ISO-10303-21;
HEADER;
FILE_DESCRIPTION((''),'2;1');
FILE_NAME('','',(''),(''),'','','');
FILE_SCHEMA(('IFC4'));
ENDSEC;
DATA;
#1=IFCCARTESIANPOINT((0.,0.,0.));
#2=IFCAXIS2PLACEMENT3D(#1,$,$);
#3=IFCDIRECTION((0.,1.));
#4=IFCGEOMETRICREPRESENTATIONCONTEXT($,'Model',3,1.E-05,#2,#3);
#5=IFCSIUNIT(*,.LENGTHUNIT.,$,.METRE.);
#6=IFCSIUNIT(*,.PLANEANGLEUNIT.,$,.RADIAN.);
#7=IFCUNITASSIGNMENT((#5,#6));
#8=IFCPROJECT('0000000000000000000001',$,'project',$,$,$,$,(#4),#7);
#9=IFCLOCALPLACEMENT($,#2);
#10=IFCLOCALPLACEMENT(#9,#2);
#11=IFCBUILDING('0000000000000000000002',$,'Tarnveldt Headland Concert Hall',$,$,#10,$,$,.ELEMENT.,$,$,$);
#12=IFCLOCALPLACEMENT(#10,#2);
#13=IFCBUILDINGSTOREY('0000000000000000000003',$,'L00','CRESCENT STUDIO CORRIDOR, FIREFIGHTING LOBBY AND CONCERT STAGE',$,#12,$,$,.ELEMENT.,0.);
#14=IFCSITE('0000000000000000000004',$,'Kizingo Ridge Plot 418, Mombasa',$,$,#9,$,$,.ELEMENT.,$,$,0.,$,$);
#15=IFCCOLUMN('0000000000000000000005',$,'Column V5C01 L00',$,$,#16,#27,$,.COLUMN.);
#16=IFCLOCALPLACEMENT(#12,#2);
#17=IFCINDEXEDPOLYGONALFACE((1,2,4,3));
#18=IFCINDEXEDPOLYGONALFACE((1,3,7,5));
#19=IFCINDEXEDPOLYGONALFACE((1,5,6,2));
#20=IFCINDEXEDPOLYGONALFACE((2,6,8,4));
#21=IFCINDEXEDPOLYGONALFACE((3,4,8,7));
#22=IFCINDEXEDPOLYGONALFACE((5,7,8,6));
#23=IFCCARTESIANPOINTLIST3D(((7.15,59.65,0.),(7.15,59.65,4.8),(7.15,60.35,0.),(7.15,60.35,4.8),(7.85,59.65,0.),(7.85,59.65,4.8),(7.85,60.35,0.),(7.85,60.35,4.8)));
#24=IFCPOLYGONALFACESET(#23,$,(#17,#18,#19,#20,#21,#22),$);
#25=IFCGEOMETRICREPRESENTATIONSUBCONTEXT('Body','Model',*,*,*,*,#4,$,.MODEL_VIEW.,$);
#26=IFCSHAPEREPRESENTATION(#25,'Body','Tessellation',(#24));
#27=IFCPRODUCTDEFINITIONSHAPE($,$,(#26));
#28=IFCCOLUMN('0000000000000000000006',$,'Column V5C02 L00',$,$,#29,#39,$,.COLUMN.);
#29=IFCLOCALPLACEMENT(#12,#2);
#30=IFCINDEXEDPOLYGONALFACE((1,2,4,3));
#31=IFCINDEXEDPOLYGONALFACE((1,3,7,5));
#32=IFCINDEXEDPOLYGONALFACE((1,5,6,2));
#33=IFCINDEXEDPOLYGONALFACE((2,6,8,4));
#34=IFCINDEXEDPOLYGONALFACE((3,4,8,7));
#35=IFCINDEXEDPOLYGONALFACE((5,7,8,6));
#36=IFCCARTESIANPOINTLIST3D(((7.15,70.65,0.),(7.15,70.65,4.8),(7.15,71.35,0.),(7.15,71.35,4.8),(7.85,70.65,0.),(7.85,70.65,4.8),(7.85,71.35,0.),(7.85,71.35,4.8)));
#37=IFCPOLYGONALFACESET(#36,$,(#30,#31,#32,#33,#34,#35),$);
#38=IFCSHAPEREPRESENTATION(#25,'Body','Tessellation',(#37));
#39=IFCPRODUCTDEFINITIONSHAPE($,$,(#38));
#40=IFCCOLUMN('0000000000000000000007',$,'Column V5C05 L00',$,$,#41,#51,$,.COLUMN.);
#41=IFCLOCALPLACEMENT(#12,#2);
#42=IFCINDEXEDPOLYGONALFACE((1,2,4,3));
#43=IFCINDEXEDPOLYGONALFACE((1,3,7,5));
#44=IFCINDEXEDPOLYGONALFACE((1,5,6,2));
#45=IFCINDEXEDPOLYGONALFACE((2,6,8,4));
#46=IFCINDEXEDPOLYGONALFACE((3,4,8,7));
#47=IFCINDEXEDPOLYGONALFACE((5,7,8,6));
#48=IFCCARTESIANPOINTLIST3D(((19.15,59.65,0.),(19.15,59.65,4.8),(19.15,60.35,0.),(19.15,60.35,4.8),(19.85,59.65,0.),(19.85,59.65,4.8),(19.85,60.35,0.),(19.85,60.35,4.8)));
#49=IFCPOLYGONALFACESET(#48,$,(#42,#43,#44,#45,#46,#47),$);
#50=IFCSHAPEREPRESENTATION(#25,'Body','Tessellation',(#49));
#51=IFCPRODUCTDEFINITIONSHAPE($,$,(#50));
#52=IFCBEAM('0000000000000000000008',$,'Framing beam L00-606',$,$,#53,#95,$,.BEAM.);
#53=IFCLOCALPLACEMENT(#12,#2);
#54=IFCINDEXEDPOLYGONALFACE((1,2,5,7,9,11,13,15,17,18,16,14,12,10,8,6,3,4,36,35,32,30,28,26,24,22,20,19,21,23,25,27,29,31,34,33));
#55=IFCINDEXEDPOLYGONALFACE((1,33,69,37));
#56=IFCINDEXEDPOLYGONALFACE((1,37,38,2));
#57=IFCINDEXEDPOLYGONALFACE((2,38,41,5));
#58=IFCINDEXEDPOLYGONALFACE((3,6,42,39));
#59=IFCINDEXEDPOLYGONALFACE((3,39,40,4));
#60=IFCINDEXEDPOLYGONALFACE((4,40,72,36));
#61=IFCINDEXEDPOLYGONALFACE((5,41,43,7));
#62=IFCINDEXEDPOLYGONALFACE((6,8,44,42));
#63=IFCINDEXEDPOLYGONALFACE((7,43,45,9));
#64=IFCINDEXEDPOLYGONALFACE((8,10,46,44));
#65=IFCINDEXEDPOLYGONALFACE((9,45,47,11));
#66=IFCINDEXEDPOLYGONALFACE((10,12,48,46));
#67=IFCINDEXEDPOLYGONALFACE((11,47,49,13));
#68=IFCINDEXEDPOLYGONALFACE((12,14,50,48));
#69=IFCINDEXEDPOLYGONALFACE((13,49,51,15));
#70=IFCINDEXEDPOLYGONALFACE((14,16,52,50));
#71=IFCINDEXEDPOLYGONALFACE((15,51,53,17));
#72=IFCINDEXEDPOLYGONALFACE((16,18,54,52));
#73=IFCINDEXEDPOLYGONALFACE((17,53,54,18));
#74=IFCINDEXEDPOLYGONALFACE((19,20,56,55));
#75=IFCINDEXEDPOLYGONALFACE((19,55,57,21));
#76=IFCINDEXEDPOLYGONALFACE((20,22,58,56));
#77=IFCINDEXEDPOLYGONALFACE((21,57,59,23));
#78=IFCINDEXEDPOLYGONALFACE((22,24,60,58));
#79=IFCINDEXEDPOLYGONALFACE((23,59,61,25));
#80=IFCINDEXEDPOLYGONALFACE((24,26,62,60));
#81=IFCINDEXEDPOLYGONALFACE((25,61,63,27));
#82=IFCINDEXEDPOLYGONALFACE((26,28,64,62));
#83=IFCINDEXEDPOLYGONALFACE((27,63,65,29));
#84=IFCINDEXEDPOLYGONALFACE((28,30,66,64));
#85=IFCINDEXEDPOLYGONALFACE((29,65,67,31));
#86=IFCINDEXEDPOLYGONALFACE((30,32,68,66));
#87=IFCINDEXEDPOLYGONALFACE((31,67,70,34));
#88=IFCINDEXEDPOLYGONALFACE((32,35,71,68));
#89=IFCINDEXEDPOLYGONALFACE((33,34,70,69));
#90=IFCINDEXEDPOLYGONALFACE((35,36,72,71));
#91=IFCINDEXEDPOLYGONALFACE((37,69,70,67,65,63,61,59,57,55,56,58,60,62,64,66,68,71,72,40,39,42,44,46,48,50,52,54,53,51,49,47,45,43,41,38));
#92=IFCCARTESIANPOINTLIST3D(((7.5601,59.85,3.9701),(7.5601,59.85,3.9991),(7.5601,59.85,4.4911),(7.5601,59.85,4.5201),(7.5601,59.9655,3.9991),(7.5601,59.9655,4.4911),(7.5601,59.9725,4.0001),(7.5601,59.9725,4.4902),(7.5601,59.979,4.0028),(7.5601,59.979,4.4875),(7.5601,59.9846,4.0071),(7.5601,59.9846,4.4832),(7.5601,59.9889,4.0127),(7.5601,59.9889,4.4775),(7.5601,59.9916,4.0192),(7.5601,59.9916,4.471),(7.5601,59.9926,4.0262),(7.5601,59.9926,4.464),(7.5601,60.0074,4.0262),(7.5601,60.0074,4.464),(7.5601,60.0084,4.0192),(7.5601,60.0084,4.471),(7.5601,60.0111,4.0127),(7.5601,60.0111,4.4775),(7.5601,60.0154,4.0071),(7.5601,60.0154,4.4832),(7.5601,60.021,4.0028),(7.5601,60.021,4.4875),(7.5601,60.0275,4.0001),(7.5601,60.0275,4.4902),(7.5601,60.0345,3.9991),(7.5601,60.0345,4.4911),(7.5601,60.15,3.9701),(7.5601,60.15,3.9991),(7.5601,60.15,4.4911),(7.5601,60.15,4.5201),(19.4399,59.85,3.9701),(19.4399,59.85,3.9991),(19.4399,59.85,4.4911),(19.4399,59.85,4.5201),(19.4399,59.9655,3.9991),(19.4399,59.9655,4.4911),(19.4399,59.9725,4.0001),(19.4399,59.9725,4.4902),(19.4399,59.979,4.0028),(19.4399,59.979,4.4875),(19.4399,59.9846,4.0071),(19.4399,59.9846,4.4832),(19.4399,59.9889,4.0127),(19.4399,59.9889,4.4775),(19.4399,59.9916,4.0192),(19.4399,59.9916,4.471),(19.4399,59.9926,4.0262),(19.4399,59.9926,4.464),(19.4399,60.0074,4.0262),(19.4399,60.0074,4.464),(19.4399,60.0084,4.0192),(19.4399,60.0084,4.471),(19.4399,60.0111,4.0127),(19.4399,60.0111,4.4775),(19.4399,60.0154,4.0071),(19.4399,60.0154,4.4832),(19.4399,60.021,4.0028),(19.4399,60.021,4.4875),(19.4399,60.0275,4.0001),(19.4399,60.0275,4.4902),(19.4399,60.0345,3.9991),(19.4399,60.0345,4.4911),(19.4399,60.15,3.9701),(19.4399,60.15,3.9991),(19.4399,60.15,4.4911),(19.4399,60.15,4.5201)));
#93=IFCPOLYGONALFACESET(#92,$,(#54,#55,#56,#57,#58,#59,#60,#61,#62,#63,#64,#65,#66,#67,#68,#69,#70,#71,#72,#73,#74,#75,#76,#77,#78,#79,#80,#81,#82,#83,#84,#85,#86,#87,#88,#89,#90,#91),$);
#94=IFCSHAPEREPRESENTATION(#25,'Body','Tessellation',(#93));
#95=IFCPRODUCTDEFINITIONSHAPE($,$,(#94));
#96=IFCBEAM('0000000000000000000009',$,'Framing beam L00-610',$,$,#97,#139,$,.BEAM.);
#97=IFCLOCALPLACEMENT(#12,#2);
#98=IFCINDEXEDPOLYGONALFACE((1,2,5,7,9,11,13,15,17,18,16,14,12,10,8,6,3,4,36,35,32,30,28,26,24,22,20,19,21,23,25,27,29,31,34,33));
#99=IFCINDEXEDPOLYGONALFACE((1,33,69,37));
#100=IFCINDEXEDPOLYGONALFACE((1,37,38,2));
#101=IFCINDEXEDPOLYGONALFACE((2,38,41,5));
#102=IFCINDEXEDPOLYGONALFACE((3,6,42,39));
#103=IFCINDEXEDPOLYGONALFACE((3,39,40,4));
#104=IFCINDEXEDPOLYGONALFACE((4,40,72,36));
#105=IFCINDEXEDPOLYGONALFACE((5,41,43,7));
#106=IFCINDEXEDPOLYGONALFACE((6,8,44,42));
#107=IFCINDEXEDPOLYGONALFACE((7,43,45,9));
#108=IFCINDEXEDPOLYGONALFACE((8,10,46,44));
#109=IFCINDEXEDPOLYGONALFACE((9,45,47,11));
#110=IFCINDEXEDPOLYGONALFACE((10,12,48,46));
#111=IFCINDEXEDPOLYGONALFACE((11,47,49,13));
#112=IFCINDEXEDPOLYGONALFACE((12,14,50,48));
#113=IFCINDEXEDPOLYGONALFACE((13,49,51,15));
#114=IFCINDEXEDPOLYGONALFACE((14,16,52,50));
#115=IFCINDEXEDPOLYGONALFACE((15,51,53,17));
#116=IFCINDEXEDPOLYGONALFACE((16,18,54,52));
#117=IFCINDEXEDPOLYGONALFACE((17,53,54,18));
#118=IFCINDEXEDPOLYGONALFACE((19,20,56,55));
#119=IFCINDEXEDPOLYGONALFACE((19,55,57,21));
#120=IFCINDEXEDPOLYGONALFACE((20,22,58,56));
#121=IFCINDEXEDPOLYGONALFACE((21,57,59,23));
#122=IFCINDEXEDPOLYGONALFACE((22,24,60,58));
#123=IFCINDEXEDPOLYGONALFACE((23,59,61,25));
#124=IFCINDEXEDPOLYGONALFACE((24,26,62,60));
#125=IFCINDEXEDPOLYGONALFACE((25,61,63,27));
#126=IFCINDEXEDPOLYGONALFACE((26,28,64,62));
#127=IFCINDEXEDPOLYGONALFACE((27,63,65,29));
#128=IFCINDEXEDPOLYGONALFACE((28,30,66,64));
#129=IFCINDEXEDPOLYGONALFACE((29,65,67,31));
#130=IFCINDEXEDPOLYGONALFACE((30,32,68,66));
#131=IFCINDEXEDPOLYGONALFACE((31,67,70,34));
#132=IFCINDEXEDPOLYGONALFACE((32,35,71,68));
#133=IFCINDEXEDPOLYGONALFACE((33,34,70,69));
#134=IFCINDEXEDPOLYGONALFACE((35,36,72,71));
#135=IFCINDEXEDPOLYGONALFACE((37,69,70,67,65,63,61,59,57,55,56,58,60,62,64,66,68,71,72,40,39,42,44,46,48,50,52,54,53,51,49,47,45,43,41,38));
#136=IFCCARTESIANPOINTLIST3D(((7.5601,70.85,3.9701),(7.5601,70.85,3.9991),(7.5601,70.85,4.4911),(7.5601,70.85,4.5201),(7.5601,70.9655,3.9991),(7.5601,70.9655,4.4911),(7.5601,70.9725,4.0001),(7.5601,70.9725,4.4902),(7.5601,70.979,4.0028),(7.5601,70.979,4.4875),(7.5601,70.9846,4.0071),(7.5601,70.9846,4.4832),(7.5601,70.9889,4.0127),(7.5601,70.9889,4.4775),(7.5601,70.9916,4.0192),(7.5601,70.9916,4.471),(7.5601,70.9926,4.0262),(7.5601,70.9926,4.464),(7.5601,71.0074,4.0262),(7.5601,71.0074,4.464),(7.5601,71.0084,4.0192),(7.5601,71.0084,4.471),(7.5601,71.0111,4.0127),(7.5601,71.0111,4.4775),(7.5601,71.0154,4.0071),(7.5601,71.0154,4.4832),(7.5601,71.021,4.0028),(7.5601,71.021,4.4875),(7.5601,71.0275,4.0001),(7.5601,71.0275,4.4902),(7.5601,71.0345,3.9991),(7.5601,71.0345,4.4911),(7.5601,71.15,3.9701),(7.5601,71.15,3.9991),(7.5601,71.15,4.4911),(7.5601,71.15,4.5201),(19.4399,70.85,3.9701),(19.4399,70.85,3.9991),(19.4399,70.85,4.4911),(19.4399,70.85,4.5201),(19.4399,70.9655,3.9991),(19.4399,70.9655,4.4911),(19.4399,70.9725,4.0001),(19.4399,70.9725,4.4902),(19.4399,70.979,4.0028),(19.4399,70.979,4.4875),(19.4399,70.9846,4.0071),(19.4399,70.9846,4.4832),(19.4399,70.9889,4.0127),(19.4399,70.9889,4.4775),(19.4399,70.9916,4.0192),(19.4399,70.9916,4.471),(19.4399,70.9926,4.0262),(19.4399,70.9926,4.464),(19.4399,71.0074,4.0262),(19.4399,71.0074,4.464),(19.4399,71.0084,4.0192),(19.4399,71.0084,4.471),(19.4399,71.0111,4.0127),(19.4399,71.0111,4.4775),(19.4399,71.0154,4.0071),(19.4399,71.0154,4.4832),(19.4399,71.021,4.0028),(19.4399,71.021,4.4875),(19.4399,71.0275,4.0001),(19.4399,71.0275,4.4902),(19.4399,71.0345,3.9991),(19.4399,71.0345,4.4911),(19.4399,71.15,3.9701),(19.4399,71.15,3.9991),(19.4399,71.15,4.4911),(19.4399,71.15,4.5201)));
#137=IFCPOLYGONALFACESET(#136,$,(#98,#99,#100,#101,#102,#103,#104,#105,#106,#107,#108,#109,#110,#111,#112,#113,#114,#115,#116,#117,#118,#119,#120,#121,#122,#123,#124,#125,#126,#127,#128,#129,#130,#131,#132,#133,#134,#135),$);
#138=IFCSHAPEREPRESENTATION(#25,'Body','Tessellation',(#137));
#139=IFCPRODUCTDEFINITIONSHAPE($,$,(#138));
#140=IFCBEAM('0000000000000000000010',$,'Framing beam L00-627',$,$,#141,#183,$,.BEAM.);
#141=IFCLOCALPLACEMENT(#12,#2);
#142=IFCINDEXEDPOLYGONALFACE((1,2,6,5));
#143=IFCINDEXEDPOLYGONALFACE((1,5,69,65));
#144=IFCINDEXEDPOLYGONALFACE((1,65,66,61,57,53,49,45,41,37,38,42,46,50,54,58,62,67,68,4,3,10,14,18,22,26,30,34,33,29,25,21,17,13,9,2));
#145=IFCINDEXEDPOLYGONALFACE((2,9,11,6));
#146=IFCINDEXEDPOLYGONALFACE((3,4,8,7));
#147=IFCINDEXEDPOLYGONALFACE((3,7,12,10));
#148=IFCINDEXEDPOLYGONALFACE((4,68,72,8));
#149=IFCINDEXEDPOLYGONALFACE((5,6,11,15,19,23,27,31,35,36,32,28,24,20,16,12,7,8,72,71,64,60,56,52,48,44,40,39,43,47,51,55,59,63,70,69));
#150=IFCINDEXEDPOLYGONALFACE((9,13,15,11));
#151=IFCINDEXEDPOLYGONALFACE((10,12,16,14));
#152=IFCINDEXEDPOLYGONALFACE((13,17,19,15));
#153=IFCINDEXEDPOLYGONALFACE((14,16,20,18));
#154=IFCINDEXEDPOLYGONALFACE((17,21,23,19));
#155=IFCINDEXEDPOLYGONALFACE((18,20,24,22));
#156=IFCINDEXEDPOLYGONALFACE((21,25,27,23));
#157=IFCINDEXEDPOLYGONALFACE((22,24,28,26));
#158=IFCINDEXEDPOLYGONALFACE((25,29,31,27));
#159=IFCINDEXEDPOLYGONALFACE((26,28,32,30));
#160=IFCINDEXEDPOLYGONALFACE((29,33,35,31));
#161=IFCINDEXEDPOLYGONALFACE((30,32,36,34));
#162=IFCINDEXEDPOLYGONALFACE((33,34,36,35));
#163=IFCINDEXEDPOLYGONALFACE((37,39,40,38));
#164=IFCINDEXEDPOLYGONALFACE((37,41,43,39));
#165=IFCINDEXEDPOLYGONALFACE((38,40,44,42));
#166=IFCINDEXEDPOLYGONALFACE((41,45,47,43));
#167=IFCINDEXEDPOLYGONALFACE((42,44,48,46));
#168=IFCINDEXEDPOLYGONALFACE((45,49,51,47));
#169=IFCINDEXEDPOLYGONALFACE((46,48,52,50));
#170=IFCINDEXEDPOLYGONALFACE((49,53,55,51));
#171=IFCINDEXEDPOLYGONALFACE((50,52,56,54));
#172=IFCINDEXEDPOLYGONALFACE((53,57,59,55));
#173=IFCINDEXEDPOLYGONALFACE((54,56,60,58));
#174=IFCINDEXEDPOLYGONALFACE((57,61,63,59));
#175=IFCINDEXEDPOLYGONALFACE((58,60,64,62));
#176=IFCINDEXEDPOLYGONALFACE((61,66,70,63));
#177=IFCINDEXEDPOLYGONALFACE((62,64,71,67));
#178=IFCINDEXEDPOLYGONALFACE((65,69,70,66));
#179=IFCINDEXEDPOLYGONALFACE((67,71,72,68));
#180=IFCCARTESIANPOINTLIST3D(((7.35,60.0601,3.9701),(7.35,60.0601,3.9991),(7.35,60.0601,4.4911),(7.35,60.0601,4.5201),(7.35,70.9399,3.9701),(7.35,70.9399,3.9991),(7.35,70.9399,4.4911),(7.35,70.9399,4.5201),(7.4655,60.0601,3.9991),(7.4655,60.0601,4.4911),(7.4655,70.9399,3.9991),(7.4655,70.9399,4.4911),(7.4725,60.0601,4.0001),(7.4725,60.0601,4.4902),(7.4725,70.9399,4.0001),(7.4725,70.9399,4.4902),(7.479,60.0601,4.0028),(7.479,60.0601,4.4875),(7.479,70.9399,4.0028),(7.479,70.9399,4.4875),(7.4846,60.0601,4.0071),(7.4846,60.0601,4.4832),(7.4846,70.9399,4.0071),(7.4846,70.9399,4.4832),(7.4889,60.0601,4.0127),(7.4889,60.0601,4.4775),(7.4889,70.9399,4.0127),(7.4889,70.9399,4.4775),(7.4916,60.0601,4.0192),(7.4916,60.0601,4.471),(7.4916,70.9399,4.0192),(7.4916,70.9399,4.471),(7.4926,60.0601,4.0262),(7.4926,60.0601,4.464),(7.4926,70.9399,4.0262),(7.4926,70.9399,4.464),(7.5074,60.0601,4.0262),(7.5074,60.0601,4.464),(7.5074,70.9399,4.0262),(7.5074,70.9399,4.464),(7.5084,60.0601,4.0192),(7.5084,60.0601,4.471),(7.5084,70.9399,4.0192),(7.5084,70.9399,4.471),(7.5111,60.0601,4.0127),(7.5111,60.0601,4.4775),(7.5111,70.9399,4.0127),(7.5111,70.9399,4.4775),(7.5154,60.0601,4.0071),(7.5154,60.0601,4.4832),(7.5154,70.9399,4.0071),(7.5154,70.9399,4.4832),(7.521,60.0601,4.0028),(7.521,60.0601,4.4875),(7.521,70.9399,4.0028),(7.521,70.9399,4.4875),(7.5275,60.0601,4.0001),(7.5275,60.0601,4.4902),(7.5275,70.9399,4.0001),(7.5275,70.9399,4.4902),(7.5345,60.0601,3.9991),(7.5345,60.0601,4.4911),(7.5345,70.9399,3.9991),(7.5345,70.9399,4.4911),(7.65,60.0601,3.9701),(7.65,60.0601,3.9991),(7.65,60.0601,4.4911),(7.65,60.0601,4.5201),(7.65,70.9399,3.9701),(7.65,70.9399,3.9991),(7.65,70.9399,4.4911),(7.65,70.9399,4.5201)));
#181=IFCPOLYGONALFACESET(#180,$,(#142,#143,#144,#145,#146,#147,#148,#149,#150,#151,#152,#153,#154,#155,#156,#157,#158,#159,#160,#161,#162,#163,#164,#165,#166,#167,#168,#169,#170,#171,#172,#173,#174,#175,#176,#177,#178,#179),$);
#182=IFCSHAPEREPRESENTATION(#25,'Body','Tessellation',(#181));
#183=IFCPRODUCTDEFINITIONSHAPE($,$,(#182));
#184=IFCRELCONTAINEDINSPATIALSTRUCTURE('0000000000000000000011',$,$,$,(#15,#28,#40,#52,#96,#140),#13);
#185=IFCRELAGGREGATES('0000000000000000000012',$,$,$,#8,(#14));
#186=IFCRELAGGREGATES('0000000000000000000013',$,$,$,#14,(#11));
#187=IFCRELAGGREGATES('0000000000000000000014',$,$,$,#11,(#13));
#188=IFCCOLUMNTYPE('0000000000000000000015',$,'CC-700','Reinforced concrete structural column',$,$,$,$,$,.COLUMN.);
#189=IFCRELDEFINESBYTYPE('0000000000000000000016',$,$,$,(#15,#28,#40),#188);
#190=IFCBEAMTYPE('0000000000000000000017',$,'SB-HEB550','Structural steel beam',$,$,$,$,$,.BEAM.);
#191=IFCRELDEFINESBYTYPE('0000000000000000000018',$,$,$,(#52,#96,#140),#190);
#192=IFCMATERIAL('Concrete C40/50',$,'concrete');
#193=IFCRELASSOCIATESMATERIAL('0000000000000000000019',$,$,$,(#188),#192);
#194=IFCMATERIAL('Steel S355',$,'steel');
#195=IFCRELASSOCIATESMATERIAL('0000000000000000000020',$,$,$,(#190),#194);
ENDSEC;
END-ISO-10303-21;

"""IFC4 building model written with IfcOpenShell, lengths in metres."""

from ifc_helpers import new_model, si_unit, direction, frame, origin, origin_2d, place, context, subcontext, project, spatial, rectangle, i_section, extrude, material, material_profile, profile_set, type_object, element, save


model = new_model("IFC4")

# Units and contexts
model_context = context("Model", 3, precision=1e-05, world=origin(), true_north=direction((0.0, 1.0)))
body_context = subcontext(model_context, "Body", "Model", "MODEL_VIEW")
ifc_project = project(units=[si_unit("LENGTHUNIT", "METRE"), si_unit("PLANEANGLEUNIT", "RADIAN")], contexts=[model_context])

# Site, building, storey
site_placement = place(None, origin())
site = spatial("IfcSite", under=ifc_project, at=site_placement, Name="Kizingo Ridge Plot 418, Mombasa", CompositionType="ELEMENT", RefElevation=0.0)
building_placement = place(site_placement, origin())
building = spatial("IfcBuilding", under=site, at=building_placement, Name="Tarnveldt Headland Concert Hall", CompositionType="ELEMENT")
storey_placement = place(building_placement, origin())
storey = spatial("IfcBuildingStorey", under=building, at=storey_placement, Name="L00", Description="CRESCENT STUDIO CORRIDOR, FIREFIGHTING LOBBY AND CONCERT STAGE", CompositionType="ELEMENT", Elevation=0.0)

# Columns
ifc_material_1 = material(Name="Concrete C40/50", Category="concrete")
ifc_material_profile_1 = material_profile(ifc_material_1, rectangle(XDim=0.7, YDim=0.7, at=origin_2d()), Name="RC 700x700", Category="concrete")
ifc_profile_set_1 = profile_set([ifc_material_profile_1], Name="Concrete C40/50")
column_type = type_object("IfcColumnType", Name="CC-700", Description="Reinforced concrete structural column", PredefinedType="COLUMN", material=ifc_profile_set_1)
for number, where, z_axis, x_axis, name in (
    (1, (7.5, 60.0, 0.0), (0.0, 0.0, 1.0), (1.0, 0.0, 0.0), "Column V5C01 L00"),
    (2, (7.5, 71.0, 0.0), (0.0, 0.0, 1.0), (1.0, 0.0, 0.0), "Column V5C02 L00"),
    (3, (19.5, 60.0, 0.0), (0.0, 0.0, 1.0), (1.0, 0.0, 0.0), "Column V5C05 L00"),
):
    element("IfcColumn", number, at=place(storey_placement, frame(where, z_axis=z_axis, x_axis=x_axis)), inside=storey, type_object=column_type, Name=name, PredefinedType="COLUMN", context=body_context, shape_type="SweptSolid", body=[
        extrude(rectangle(XDim=0.7, YDim=0.7, at=origin_2d()), origin(), (0.0, 0.0, 1.0), 4.8),
    ])

# Beams
ifc_material_2 = material(Name="Steel S355", Category="steel")
ifc_material_profile_2 = material_profile(ifc_material_2, i_section(OverallWidth=0.3, OverallDepth=0.55, WebThickness=0.0149, FlangeThickness=0.0291, FilletRadius=0.0271, at=origin_2d()), Name="HEB550", Category="steel")
ifc_profile_set_2 = profile_set([ifc_material_profile_2], Name="Steel S355")
beam_type_1 = type_object("IfcBeamType", Name="SB-HEB550", Description="Structural steel beam", PredefinedType="BEAM", material=ifc_profile_set_2)
for number, where, z_axis, x_axis, name in (
    (4, (7.5601, 60.0, 4.2451), (1.0, 0.0, 0.0), (0.0, 1.0, 0.0), "Framing beam L00-606"),
    (5, (7.5601, 71.0, 4.2451), (1.0, 0.0, 0.0), (0.0, 1.0, 0.0), "Framing beam L00-610"),
):
    element("IfcBeam", number, at=place(storey_placement, frame(where, z_axis=z_axis, x_axis=x_axis)), inside=storey, type_object=beam_type_1, Name=name, PredefinedType="BEAM", context=body_context, shape_type="SweptSolid", body=[
        extrude(i_section(OverallWidth=0.3, OverallDepth=0.55, WebThickness=0.0149, FlangeThickness=0.0291, FilletRadius=0.0271, at=origin_2d()), origin(), (0.0, 0.0, 1.0), 11.8799),
    ])
for number, where, z_axis, x_axis, name in (
    (6, (7.5, 60.0601, 4.2451), (0.0, 1.0, 0.0), (-1.0, 0.0, 0.0), "Framing beam L00-627"),
):
    element("IfcBeam", number, at=place(storey_placement, frame(where, z_axis=z_axis, x_axis=x_axis)), inside=storey, type_object=beam_type_1, Name=name, PredefinedType="BEAM", context=body_context, shape_type="SweptSolid", body=[
        extrude(i_section(OverallWidth=0.3, OverallDepth=0.55, WebThickness=0.0149, FlangeThickness=0.0291, FilletRadius=0.0271, at=origin_2d()), origin(), (0.0, 0.0, 1.0), 10.8799),
    ])

save(model, "model.ifc")
